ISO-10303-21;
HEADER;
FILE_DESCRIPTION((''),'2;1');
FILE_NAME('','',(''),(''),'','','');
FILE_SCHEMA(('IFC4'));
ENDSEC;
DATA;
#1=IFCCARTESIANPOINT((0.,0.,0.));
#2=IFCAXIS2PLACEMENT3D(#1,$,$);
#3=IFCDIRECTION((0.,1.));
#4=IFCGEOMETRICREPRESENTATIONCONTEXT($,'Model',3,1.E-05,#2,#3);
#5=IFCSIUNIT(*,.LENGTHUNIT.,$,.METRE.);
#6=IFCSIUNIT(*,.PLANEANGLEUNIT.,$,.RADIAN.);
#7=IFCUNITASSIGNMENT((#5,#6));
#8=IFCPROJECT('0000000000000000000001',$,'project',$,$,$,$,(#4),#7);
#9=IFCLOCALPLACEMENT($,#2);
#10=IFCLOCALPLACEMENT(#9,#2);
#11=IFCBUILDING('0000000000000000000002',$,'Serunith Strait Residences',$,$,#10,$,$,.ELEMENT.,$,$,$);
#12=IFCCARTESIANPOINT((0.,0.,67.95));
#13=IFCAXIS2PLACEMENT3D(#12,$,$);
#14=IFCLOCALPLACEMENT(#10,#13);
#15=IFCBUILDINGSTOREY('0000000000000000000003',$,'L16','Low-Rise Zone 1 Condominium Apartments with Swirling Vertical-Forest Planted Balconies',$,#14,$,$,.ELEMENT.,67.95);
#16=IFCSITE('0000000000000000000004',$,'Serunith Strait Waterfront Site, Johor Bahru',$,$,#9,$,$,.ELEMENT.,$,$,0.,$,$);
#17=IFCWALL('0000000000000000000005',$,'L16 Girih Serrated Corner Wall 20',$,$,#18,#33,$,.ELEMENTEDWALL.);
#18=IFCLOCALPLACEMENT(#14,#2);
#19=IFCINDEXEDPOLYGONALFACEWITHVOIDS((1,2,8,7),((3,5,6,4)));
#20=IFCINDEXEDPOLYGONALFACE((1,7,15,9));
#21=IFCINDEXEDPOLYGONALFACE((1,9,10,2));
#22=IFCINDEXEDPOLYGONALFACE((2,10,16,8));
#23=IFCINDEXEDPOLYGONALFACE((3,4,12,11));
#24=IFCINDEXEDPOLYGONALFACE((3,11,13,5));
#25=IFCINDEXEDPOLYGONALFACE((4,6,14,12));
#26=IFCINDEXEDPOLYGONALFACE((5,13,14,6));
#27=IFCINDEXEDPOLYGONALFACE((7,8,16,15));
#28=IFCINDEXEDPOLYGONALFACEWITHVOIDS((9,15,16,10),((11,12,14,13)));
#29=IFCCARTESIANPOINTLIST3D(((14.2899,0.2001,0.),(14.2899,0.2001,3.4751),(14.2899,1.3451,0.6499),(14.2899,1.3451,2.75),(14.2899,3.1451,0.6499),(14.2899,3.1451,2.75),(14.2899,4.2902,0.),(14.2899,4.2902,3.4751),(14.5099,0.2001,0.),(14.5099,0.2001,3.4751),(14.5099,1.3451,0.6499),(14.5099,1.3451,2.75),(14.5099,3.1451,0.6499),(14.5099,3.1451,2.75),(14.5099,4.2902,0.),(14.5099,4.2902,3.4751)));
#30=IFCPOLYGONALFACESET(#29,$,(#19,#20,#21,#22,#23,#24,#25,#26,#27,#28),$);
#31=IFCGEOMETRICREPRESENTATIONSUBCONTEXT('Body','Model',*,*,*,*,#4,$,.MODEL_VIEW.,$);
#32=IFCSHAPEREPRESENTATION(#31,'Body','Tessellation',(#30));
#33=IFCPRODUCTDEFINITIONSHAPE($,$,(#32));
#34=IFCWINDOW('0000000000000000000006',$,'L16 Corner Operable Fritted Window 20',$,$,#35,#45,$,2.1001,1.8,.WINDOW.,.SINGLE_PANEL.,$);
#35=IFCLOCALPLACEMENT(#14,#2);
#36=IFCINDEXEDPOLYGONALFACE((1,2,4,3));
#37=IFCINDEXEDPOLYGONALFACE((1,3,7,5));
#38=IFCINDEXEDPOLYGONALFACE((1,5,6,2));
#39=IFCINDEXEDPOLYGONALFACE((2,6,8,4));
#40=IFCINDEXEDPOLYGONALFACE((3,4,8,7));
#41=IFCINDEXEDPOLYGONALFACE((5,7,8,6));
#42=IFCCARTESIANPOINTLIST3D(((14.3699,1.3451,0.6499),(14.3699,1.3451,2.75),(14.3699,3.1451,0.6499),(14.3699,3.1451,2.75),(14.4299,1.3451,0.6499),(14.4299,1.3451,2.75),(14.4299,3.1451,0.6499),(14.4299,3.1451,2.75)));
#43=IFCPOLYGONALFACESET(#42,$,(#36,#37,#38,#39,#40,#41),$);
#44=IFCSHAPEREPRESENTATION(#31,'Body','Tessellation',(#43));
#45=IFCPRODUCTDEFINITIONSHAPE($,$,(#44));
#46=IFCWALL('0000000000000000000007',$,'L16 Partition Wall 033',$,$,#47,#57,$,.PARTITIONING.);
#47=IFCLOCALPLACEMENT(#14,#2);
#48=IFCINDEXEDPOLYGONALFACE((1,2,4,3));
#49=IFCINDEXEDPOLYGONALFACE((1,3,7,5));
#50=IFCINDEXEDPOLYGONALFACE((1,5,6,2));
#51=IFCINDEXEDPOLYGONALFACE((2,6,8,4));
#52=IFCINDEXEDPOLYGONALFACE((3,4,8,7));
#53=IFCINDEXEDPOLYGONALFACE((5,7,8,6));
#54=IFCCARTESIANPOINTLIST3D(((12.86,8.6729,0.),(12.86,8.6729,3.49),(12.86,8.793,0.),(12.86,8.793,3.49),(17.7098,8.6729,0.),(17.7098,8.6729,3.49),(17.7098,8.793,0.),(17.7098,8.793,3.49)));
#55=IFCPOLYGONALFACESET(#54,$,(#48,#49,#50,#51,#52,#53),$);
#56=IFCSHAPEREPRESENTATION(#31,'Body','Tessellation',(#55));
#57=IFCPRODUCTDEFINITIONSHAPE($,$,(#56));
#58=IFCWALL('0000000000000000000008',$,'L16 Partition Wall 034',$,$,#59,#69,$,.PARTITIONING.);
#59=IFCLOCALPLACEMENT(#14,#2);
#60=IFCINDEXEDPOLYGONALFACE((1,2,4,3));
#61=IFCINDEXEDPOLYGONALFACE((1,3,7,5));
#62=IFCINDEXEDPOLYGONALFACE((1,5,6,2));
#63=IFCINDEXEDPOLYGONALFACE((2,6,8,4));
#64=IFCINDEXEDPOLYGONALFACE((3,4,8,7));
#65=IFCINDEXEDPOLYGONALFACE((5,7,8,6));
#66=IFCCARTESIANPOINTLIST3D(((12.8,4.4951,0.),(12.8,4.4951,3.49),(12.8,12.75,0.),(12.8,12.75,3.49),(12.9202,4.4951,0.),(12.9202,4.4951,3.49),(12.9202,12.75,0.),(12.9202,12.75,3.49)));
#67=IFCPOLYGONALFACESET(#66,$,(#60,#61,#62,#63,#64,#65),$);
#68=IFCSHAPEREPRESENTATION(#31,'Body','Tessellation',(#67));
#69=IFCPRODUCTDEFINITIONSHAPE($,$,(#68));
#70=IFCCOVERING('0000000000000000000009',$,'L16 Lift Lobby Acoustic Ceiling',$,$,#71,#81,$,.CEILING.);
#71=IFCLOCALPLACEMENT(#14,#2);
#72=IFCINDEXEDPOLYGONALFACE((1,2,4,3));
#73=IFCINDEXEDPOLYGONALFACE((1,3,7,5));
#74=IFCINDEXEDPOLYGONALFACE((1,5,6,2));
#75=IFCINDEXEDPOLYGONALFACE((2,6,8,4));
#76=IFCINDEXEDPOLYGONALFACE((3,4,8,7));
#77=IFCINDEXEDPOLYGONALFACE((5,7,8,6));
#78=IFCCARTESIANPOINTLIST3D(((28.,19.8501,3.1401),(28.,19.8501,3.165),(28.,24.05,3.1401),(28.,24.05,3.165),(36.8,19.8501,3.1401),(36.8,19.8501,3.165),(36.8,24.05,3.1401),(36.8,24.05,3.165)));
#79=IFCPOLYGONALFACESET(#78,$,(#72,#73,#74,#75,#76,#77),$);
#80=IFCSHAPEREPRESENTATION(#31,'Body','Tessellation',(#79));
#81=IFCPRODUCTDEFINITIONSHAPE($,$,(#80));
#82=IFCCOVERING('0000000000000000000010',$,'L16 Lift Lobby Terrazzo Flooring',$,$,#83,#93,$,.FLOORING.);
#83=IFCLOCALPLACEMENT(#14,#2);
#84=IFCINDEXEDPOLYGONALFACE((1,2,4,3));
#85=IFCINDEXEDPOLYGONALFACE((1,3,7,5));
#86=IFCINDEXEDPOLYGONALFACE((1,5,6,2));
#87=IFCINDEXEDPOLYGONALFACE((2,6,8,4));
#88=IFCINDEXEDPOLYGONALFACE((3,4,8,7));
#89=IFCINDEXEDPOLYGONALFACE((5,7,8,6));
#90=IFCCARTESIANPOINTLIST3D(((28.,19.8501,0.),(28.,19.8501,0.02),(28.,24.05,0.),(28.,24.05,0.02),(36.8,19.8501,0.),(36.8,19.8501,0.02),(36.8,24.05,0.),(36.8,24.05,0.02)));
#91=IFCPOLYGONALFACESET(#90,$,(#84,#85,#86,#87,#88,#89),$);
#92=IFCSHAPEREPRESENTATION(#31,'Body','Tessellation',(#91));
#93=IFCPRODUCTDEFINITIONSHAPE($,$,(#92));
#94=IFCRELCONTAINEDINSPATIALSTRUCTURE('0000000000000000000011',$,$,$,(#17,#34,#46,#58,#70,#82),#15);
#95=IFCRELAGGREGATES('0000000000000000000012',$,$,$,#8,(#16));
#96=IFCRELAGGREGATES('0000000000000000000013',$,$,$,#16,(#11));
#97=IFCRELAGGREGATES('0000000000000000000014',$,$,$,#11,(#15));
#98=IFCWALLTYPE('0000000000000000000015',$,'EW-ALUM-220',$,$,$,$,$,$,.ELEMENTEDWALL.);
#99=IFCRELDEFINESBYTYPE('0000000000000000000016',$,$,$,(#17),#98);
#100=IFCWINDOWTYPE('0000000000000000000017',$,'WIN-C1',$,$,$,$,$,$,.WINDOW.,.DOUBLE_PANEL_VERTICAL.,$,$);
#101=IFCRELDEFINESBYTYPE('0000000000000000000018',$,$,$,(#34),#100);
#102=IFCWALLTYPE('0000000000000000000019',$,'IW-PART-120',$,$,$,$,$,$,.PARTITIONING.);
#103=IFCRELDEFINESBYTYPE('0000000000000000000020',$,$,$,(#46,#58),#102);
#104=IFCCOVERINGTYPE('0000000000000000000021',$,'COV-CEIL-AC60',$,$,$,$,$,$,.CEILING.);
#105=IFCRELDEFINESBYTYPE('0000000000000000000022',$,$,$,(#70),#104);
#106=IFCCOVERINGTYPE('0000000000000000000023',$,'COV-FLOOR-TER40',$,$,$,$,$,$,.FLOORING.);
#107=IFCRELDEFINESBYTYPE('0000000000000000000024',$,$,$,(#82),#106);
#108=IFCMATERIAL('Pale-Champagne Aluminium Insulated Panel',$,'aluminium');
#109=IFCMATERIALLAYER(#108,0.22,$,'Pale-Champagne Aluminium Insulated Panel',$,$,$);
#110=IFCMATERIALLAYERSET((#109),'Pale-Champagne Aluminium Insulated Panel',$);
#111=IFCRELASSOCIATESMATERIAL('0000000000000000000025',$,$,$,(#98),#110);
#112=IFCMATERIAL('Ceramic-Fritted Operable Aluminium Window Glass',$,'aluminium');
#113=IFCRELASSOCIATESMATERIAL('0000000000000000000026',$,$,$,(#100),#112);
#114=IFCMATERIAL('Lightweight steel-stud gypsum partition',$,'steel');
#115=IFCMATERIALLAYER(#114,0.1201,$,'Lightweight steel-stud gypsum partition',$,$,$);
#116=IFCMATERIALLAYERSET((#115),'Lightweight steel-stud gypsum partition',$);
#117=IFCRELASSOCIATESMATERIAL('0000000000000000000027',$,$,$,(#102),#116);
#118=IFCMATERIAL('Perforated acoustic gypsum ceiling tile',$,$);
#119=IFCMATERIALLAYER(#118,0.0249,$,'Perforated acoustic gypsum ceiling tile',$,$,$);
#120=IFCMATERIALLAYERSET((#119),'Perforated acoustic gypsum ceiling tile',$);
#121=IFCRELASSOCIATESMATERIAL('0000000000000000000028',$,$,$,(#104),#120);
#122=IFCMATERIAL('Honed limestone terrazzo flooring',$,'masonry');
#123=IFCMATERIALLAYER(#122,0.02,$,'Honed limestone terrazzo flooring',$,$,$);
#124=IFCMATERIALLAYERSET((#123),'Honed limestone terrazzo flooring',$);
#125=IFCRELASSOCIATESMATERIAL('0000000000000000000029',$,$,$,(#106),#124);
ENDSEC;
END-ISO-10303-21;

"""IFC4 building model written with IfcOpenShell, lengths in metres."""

from ifc_helpers import new_model, si_unit, direction, frame, frame_2d, origin, place, context, subcontext, project, spatial, polyline, rectangle, outline, extrude, source, transform, mapped, material, layer, layer_set, type_object, element, fill, save


model = new_model("IFC4")

# Units and contexts
model_context = context("Model", 3, precision=1e-05, world=origin(), true_north=direction((0.0, 1.0)))
body_context = subcontext(model_context, "Body", "Model", "MODEL_VIEW")
ifc_project = project(units=[si_unit("LENGTHUNIT", "METRE"), si_unit("PLANEANGLEUNIT", "RADIAN")], contexts=[model_context])

# Site, building, storey
site_placement = place(None, origin())
site = spatial("IfcSite", under=ifc_project, at=site_placement, Name="Serunith Strait Waterfront Site, Johor Bahru", CompositionType="ELEMENT", RefElevation=0.0)
building_placement = place(site_placement, origin())
building = spatial("IfcBuilding", under=site, at=building_placement, Name="Serunith Strait Residences", CompositionType="ELEMENT")
storey_placement = place(building_placement, frame((0.0, 0.0, 67.95)))
storey = spatial("IfcBuildingStorey", under=building, at=storey_placement, Name="L16", Description="Low-Rise Zone 1 Condominium Apartments with Swirling Vertical-Forest Planted Balconies", CompositionType="ELEMENT", Elevation=67.95)

# Shared definitions
ifc_material_1 = material(Name="Pale-Champagne Aluminium Insulated Panel", Category="aluminium")
ifc_layer_1 = layer(ifc_material_1, 0.22, Name="Pale-Champagne Aluminium Insulated Panel")
ifc_layer_set_1 = layer_set([ifc_layer_1], Name="Pale-Champagne Aluminium Insulated Panel")
wall_type_1 = type_object("IfcWallType", Name="EW-ALUM-220", PredefinedType="ELEMENTEDWALL", material=ifc_layer_set_1)
ifc_material_2 = material(Name="Ceramic-Fritted Operable Aluminium Window Glass", Category="aluminium")
window_type = type_object("IfcWindowType", Name="WIN-C1", PartitioningType="DOUBLE_PANEL_VERTICAL", PredefinedType="WINDOW", material=ifc_material_2)
shared_shape_1 = source(origin(), body_context, "Body", "SweptSolid", [
    extrude(rectangle(XDim=1.8, YDim=2.1001, at=frame_2d((0.8999, 1.05))), frame((0.0, 0.03, 0.0), z_axis=(0.0, -1.0, 0.0), x_axis=(1.0, 0.0, 0.0)), (0.0, 0.0, 1.0), 0.0601),
])

# Wall, opening, window
wall_1_placement = place(storey_placement, frame((14.3999, 4.29, 0.0), z_axis=(0.0, 0.0, 1.0), x_axis=(0.0, -1.0, 0.0)))
wall_1 = element("IfcWall", 1, at=wall_1_placement, inside=storey, type_object=wall_type_1, Name="L16 Girih Serrated Corner Wall 20", PredefinedType="ELEMENTEDWALL", context=body_context, shape_type="SweptSolid", body=[
    extrude(rectangle(XDim=4.0901, YDim=0.22, at=frame_2d((2.0449, 0.0))), origin(), (0.0, 0.0, 1.0), 3.4751),
])
opening_1_placement = place(wall_1_placement, frame((1.145, 0.0, 0.6499)))
opening_1 = element("IfcOpeningElement", 2, at=opening_1_placement, cuts=wall_1, PredefinedType="OPENING", context=body_context, shape_type="SweptSolid", body=[
    extrude(rectangle(XDim=1.8, YDim=2.1001, at=frame_2d((0.8999, 1.05))), frame((0.0, 0.1201, 0.0), z_axis=(0.0, -1.0, 0.0), x_axis=(1.0, 0.0, 0.0)), (0.0, 0.0, 1.0), 0.24),
])
window_1_placement = place(opening_1_placement, origin())
window_1 = element("IfcWindow", 3, at=window_1_placement, inside=storey, type_object=window_type, Name="L16 Corner Operable Fritted Window 20", OverallHeight=2.1001, OverallWidth=1.8, PartitioningType="SINGLE_PANEL", PredefinedType="WINDOW", context=body_context, shape_type="MappedRepresentation", body=[
    mapped(shared_shape_1, transform((0.0, 0.0, 0.0), scale=1.0)),
])
fill(opening_1, window_1)

# Walls
ifc_material_3 = material(Name="Lightweight steel-stud gypsum partition", Category="steel")
ifc_layer_2 = layer(ifc_material_3, 0.1201, Name="Lightweight steel-stud gypsum partition")
ifc_layer_set_2 = layer_set([ifc_layer_2], Name="Lightweight steel-stud gypsum partition")
wall_type_2 = type_object("IfcWallType", Name="IW-PART-120", PredefinedType="PARTITIONING", material=ifc_layer_set_2)
wall_2_placement = place(storey_placement, frame((12.8601, 8.7329, 0.0), z_axis=(0.0, 0.0, 1.0), x_axis=(1.0, 0.0, 0.0)))
element("IfcWall", 4, at=wall_2_placement, inside=storey, type_object=wall_type_2, Name="L16 Partition Wall 033", PredefinedType="PARTITIONING", context=body_context, shape_type="SweptSolid", body=[
    extrude(rectangle(XDim=4.8499, YDim=0.1201, at=frame_2d((2.4248, 0.0))), origin(), (0.0, 0.0, 1.0), 3.49),
])
wall_3_placement = place(storey_placement, frame((12.8601, 4.4951, 0.0), z_axis=(0.0, 0.0, 1.0), x_axis=(0.0, 1.0, 0.0)))
element("IfcWall", 5, at=wall_3_placement, inside=storey, type_object=wall_type_2, Name="L16 Partition Wall 034", PredefinedType="PARTITIONING", context=body_context, shape_type="SweptSolid", body=[
    extrude(rectangle(XDim=8.2549, YDim=0.1201, at=frame_2d((4.1274, 0.0))), origin(), (0.0, 0.0, 1.0), 3.49),
])

# Coverings
ifc_material_4 = material(Name="Perforated acoustic gypsum ceiling tile")
ifc_layer_3 = layer(ifc_material_4, 0.0249, Name="Perforated acoustic gypsum ceiling tile")
ifc_layer_set_3 = layer_set([ifc_layer_3], Name="Perforated acoustic gypsum ceiling tile")
covering_type_1 = type_object("IfcCoveringType", Name="COV-CEIL-AC60", PredefinedType="CEILING", material=ifc_layer_set_3)
covering_1_placement = place(storey_placement, frame((0.0, 0.0, 3.1401)))
element("IfcCovering", 6, at=covering_1_placement, inside=storey, type_object=covering_type_1, Name="L16 Lift Lobby Acoustic Ceiling", PredefinedType="CEILING", context=body_context, shape_type="SweptSolid", body=[
    extrude(outline(polyline([(28.0, 19.8501), (36.8, 19.8501), (36.8, 24.05), (28.0, 24.05), (28.0, 19.8501)])), origin(), (0.0, 0.0, 1.0), 0.0249),
])
ifc_material_5 = material(Name="Honed limestone terrazzo flooring", Category="masonry")
ifc_layer_4 = layer(ifc_material_5, 0.02, Name="Honed limestone terrazzo flooring")
ifc_layer_set_4 = layer_set([ifc_layer_4], Name="Honed limestone terrazzo flooring")
covering_type_2 = type_object("IfcCoveringType", Name="COV-FLOOR-TER40", PredefinedType="FLOORING", material=ifc_layer_set_4)
covering_2_placement = place(storey_placement, origin())
element("IfcCovering", 7, at=covering_2_placement, inside=storey, type_object=covering_type_2, Name="L16 Lift Lobby Terrazzo Flooring", PredefinedType="FLOORING", context=body_context, shape_type="SweptSolid", body=[
    extrude(outline(polyline([(28.0, 19.8501), (36.8, 19.8501), (36.8, 24.05), (28.0, 24.05), (28.0, 19.8501)])), origin(), (0.0, 0.0, 1.0), 0.02),
])

save(model, "model.ifc")
